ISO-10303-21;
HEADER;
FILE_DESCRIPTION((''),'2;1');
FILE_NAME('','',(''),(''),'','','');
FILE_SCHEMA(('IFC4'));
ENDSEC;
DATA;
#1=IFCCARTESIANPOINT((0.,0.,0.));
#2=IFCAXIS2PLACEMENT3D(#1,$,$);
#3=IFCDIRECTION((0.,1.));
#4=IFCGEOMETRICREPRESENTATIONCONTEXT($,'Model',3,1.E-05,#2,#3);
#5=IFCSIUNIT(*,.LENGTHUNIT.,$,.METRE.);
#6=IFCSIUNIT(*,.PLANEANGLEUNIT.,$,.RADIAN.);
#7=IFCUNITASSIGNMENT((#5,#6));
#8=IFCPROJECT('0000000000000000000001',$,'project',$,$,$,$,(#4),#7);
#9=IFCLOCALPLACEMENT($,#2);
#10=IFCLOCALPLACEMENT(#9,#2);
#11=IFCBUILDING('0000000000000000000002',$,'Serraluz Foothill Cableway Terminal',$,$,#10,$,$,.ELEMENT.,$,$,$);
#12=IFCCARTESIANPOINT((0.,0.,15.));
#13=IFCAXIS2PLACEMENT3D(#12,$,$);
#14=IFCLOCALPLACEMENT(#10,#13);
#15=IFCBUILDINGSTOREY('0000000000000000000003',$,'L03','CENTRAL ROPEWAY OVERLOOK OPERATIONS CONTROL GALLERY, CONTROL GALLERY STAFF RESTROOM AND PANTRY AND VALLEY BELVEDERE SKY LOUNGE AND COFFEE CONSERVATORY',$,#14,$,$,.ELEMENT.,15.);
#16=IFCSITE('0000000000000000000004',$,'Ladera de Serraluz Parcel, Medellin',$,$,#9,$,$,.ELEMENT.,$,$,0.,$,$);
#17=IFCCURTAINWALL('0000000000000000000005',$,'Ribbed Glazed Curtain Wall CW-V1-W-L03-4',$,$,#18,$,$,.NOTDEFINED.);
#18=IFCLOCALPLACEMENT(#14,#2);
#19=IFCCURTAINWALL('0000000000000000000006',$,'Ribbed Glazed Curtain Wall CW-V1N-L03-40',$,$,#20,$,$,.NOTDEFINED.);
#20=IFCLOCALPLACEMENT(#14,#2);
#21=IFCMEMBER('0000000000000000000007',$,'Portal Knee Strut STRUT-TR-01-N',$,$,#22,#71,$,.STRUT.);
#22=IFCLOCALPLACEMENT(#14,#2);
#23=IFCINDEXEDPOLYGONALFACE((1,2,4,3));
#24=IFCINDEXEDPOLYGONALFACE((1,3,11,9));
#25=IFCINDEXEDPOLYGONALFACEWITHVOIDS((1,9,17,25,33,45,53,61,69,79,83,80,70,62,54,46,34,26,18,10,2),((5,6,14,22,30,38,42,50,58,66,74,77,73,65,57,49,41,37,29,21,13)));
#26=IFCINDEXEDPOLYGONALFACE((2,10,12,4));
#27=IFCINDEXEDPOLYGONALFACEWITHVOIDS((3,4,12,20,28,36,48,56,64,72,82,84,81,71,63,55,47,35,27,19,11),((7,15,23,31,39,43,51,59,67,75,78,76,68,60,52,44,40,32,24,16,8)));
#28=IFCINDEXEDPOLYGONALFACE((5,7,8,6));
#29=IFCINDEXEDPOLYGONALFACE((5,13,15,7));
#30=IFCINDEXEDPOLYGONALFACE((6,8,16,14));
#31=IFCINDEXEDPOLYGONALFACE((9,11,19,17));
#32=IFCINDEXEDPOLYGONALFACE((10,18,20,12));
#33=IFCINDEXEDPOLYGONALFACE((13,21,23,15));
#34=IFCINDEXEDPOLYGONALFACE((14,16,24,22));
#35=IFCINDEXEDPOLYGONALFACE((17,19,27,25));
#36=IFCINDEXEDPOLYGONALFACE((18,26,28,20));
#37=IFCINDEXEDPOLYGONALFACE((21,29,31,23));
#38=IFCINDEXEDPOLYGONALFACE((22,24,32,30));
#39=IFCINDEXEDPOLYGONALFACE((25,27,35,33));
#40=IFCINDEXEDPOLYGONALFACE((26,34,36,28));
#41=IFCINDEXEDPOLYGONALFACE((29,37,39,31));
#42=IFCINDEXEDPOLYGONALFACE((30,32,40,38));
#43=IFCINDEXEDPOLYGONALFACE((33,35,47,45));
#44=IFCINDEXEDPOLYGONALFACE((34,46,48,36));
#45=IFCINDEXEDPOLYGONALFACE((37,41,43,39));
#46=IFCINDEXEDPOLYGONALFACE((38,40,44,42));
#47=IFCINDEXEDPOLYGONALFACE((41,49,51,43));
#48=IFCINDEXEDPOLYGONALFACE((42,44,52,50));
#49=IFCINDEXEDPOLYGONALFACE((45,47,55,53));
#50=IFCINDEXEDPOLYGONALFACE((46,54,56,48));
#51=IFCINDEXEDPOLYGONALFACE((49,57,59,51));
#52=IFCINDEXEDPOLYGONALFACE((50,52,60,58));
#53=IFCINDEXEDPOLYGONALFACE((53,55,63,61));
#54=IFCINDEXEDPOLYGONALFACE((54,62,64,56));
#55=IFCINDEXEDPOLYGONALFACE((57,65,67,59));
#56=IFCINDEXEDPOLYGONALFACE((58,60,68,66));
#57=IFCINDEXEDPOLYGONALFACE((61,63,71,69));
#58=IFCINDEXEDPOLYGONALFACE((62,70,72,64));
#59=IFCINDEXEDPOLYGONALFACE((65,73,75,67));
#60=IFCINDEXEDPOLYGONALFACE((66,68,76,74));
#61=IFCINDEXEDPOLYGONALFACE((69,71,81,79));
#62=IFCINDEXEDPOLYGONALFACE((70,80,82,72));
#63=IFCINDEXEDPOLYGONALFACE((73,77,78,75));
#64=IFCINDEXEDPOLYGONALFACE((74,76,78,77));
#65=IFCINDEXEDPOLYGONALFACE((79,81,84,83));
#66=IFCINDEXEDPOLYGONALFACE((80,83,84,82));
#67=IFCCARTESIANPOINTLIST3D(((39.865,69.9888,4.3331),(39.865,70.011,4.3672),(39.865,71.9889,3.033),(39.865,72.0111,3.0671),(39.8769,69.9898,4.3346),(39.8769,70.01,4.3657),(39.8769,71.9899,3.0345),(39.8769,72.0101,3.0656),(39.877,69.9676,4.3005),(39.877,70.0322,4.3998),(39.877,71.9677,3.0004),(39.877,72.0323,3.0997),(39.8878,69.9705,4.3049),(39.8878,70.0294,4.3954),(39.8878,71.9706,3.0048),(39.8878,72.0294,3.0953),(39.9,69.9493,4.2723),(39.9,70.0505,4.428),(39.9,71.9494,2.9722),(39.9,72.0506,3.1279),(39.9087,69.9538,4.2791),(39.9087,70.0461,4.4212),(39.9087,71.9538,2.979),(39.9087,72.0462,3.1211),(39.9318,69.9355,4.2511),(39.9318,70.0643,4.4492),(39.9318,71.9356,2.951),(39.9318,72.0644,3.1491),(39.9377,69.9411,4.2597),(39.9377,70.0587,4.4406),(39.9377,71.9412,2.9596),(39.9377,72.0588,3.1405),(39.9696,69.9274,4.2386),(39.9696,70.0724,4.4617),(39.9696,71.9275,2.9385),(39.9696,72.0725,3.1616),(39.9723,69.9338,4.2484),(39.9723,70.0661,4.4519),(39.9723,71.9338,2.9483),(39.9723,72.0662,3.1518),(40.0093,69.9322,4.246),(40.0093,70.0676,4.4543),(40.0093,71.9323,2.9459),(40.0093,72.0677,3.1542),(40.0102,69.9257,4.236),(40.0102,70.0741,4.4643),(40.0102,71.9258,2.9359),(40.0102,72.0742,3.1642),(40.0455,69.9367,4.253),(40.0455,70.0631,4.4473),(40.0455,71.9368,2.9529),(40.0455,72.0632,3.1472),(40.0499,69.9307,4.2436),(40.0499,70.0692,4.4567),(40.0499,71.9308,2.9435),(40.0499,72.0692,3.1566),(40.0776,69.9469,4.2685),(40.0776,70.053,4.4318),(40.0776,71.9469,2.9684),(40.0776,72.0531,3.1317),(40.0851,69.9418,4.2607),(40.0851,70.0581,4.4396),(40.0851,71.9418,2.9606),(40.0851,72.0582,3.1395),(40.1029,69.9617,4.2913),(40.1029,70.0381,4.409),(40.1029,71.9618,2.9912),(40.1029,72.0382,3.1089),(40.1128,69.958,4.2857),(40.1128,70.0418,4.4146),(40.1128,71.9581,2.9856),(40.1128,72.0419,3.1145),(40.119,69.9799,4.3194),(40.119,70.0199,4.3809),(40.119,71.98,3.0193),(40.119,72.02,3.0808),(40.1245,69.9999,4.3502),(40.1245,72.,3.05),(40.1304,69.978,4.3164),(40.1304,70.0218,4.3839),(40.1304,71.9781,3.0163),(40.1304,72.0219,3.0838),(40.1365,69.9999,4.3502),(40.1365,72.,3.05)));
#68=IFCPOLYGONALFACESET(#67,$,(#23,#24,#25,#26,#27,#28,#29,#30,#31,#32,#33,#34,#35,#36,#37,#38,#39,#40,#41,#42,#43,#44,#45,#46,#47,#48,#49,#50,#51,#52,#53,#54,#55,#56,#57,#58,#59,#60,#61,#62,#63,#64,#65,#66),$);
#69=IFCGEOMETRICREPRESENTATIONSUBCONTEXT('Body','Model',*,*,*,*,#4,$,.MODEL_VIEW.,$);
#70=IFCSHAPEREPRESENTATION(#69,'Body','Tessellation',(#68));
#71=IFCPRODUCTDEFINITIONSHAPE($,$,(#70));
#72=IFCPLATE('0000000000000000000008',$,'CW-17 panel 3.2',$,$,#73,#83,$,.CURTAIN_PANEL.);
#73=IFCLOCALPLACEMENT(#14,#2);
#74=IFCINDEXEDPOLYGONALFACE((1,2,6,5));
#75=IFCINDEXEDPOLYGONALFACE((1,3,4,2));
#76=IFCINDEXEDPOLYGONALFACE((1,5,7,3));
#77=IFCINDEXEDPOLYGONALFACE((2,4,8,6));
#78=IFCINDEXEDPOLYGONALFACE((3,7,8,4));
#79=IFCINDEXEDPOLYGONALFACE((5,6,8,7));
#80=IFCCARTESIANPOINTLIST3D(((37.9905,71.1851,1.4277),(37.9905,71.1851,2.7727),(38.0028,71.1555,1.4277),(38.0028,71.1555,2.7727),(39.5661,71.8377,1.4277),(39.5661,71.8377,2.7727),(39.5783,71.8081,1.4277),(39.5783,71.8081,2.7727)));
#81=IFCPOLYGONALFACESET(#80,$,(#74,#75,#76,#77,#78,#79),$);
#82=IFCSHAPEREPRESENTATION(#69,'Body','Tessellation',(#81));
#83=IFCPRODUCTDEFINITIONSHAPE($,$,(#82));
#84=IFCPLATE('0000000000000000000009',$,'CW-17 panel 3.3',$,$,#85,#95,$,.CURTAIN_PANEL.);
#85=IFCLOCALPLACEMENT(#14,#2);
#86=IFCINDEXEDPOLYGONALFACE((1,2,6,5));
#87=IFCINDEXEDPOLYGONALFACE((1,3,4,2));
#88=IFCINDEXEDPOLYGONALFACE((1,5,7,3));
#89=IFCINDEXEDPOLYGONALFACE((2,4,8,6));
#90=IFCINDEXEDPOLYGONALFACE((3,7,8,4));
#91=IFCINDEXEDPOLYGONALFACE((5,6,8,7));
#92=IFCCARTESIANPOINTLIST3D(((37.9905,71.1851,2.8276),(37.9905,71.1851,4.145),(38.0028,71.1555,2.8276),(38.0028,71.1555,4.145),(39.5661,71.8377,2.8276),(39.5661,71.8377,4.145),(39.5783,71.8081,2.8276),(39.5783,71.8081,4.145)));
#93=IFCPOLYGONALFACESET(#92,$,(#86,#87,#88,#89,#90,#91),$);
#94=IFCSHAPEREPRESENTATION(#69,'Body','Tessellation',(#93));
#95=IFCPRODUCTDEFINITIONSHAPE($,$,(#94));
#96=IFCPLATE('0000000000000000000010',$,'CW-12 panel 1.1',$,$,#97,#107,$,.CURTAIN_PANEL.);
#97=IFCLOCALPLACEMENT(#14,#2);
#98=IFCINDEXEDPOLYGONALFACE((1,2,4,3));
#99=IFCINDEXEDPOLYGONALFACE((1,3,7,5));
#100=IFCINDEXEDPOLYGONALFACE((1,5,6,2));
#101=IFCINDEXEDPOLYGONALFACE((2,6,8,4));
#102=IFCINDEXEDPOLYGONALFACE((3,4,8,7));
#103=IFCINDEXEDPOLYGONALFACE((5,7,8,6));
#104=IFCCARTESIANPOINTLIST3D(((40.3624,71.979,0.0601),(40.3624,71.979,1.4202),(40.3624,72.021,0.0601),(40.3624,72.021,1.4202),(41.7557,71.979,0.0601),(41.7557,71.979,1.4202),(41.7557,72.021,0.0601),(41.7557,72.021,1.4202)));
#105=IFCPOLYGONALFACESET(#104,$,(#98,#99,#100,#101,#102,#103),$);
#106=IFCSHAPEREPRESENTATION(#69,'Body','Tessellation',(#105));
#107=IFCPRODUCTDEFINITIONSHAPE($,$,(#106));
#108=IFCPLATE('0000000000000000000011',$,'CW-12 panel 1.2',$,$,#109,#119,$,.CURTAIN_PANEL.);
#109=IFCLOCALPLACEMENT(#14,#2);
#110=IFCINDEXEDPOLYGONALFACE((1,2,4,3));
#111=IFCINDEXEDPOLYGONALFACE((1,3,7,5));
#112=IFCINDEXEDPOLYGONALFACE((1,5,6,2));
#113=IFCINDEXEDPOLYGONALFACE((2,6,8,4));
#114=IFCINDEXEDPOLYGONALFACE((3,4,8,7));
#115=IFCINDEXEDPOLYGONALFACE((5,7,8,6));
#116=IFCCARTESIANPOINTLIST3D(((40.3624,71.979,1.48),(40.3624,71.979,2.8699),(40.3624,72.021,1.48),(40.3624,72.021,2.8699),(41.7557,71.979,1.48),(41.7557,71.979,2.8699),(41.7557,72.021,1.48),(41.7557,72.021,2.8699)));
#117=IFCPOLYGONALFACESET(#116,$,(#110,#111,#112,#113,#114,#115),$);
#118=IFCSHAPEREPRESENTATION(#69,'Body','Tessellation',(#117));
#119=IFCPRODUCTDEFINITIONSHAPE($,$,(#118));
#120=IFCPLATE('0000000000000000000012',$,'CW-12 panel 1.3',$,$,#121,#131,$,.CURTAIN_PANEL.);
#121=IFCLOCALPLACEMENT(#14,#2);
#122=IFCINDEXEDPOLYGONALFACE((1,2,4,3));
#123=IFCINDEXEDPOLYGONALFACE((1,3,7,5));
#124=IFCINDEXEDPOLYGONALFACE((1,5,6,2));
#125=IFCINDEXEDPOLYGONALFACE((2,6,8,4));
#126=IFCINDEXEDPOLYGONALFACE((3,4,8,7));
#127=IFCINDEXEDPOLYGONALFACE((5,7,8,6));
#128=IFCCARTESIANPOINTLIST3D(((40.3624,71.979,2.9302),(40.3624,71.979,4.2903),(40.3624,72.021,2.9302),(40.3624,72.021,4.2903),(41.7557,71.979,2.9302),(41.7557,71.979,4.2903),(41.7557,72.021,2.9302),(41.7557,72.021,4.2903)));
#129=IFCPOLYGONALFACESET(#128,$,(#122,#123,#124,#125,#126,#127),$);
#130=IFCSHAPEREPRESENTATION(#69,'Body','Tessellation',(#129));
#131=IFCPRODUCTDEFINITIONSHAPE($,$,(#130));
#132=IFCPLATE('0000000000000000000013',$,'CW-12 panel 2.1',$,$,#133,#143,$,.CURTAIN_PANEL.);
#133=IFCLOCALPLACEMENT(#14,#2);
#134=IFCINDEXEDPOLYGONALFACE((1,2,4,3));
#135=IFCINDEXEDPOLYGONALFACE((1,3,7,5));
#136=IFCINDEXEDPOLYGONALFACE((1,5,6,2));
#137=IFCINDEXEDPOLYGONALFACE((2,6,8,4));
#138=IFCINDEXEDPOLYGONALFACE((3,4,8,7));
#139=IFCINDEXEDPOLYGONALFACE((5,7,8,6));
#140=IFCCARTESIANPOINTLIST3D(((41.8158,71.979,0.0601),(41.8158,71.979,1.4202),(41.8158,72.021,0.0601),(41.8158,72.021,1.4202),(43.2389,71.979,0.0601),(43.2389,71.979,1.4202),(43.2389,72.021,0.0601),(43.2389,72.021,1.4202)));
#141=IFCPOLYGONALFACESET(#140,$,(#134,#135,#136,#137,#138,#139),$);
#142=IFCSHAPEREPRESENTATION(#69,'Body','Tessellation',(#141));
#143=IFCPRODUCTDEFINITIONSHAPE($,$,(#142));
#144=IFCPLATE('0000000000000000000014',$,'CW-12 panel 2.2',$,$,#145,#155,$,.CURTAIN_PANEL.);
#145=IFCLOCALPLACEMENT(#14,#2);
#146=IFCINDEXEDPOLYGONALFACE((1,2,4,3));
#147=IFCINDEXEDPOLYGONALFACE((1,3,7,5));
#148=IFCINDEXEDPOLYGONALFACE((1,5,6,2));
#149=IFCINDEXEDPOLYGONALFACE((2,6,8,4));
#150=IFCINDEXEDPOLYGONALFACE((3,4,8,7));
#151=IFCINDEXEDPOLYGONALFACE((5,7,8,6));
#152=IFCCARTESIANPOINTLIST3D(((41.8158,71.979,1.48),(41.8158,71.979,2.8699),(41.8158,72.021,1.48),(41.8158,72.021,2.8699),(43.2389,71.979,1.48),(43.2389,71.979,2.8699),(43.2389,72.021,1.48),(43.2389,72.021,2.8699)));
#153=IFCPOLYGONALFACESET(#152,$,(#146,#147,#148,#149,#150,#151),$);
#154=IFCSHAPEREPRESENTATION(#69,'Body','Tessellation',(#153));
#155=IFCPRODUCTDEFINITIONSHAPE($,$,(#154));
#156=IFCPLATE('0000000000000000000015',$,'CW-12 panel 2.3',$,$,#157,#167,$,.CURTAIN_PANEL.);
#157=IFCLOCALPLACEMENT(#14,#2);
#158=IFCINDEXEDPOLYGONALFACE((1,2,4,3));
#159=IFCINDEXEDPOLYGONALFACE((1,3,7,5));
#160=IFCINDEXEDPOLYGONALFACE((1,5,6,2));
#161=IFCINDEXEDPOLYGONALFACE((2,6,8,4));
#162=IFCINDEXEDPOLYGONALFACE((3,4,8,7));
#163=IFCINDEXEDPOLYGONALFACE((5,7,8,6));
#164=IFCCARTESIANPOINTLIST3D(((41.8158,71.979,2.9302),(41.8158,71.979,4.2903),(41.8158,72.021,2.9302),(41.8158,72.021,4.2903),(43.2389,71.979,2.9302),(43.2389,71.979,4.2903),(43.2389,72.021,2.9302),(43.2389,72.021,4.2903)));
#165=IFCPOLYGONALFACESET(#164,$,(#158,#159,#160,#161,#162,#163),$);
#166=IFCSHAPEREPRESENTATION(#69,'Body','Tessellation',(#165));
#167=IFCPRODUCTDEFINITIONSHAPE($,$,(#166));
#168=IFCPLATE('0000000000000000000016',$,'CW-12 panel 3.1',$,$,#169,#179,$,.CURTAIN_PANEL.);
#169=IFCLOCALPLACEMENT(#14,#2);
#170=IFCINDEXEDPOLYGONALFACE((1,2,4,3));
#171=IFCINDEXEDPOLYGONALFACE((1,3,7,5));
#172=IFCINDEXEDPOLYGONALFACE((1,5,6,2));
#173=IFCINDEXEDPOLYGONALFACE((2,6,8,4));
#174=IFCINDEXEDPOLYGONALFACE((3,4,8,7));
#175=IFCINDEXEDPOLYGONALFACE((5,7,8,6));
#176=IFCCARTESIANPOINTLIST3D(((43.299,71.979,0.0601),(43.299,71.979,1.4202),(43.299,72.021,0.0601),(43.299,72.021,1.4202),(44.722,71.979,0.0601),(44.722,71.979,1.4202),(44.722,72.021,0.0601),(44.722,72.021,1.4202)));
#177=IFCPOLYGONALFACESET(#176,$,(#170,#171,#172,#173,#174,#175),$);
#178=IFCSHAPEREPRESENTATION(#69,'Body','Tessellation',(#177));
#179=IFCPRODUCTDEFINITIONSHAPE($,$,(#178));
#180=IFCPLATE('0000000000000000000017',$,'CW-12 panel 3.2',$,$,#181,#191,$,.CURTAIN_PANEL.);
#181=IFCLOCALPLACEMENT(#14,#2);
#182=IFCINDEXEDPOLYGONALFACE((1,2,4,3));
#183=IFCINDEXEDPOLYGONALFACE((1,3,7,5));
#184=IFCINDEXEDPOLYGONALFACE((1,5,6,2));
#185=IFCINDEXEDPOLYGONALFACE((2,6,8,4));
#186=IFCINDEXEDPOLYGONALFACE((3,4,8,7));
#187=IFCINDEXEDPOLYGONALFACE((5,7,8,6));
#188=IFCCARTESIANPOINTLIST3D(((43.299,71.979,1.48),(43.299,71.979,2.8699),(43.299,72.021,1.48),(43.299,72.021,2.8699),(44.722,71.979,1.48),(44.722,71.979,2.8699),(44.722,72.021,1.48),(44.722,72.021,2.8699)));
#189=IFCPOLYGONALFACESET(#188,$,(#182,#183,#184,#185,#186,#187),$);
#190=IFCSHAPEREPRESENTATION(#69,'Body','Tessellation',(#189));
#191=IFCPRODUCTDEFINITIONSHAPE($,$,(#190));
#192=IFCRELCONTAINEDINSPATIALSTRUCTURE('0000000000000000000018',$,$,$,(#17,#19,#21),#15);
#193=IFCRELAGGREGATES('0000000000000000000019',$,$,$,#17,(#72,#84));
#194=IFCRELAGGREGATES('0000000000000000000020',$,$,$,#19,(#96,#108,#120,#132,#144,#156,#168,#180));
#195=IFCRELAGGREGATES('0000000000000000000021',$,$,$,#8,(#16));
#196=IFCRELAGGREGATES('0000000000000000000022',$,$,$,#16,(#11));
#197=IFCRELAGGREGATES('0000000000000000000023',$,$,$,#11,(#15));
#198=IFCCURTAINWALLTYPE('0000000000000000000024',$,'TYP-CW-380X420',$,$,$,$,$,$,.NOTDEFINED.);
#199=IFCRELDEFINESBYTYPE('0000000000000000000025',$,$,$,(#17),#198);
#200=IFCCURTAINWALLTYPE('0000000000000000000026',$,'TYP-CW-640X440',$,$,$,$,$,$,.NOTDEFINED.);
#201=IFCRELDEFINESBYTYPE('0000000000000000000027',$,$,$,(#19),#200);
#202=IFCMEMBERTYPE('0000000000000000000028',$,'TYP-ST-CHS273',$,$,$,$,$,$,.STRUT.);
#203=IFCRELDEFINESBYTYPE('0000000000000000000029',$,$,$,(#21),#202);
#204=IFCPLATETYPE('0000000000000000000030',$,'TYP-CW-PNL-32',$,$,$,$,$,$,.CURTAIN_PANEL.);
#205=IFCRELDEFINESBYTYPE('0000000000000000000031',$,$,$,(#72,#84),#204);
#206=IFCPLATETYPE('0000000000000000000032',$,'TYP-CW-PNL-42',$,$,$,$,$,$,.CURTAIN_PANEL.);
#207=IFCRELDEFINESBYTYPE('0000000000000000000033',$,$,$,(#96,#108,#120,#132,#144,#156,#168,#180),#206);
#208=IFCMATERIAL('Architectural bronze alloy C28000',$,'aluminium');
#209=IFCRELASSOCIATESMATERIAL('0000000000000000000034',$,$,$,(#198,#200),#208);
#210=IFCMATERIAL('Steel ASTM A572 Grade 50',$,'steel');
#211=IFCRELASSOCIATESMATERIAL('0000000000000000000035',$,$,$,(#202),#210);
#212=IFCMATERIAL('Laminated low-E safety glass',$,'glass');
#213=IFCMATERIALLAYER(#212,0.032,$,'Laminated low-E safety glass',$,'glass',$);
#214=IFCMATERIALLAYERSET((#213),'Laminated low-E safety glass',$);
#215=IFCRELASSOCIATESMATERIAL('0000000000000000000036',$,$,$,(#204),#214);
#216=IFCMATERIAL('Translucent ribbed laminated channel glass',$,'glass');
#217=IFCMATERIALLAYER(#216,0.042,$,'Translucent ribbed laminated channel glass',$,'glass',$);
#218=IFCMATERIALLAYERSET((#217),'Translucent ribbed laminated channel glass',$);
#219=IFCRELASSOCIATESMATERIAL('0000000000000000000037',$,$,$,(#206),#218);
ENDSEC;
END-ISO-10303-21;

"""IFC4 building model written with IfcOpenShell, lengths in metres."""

from ifc_helpers import new_model, si_unit, direction, frame, origin, origin_2d, place, context, subcontext, project, spatial, rectangle, hollow_circle, extrude, material, layer, layer_set, material_profile, profile_set, type_object, element, aggregate, save


model = new_model("IFC4")

# Units and contexts
model_context = context("Model", 3, precision=1e-05, world=origin(), true_north=direction((0.0, 1.0)))
body_context = subcontext(model_context, "Body", "Model", "MODEL_VIEW")
ifc_project = project(units=[si_unit("LENGTHUNIT", "METRE"), si_unit("PLANEANGLEUNIT", "RADIAN")], contexts=[model_context])

# Site, building, storey
site_placement = place(None, origin())
site = spatial("IfcSite", under=ifc_project, at=site_placement, Name="Ladera de Serraluz Parcel, Medellin", CompositionType="ELEMENT", RefElevation=0.0)
building_placement = place(site_placement, origin())
building = spatial("IfcBuilding", under=site, at=building_placement, Name="Serraluz Foothill Cableway Terminal", CompositionType="ELEMENT")
storey_placement = place(building_placement, frame((0.0, 0.0, 15.0)))
storey = spatial("IfcBuildingStorey", under=building, at=storey_placement, Name="L03", Description="CENTRAL ROPEWAY OVERLOOK OPERATIONS CONTROL GALLERY, CONTROL GALLERY STAFF RESTROOM AND PANTRY AND VALLEY BELVEDERE SKY LOUNGE AND COFFEE CONSERVATORY", CompositionType="ELEMENT", Elevation=15.0)

# Curtain wall
ifc_material_1 = material(Name="Architectural bronze alloy C28000", Category="aluminium")
curtain_wall_type_1 = type_object("IfcCurtainWallType", Name="TYP-CW-380X420", PredefinedType="NOTDEFINED", material=ifc_material_1)
curtain_wall_1_placement = place(storey_placement, origin())
curtain_wall_1 = element("IfcCurtainWall", 1, at=curtain_wall_1_placement, inside=storey, type_object=curtain_wall_type_1, Name="Ribbed Glazed Curtain Wall CW-V1-W-L03-4", PredefinedType="NOTDEFINED")

# Curtain wall
curtain_wall_type_2 = type_object("IfcCurtainWallType", Name="TYP-CW-640X440", PredefinedType="NOTDEFINED", material=ifc_material_1)
curtain_wall_2_placement = place(storey_placement, origin())
curtain_wall_2 = element("IfcCurtainWall", 2, at=curtain_wall_2_placement, inside=storey, type_object=curtain_wall_type_2, Name="Ribbed Glazed Curtain Wall CW-V1N-L03-40", PredefinedType="NOTDEFINED")

# Member
ifc_material_2 = material(Name="Steel ASTM A572 Grade 50", Category="steel")
ifc_material_profile_1 = material_profile(ifc_material_2, hollow_circle(Radius=0.1365, WallThickness=0.012, at=origin_2d()), Name="CHS273X12")
ifc_profile_set_1 = profile_set([ifc_material_profile_1], Name="Steel ASTM A572 Grade 50")
member_type_1 = type_object("IfcMemberType", Name="TYP-ST-CHS273", PredefinedType="STRUT", material=ifc_profile_set_1)
member_1_placement = place(storey_placement, frame((40.0, 72.0, 3.05), z_axis=(0.0, -0.838434, 0.545003), x_axis=(1.0, 0.0, 0.0)))
element("IfcMember", 3, at=member_1_placement, inside=storey, type_object=member_type_1, Name="Portal Knee Strut STRUT-TR-01-N", PredefinedType="STRUT", context=body_context, shape_type="SweptSolid", body=[
    extrude(hollow_circle(Radius=0.1365, WallThickness=0.012, at=origin_2d()), origin(), (0.0, 0.0, 1.0), 2.3855),
])

# Plates
ifc_material_3 = material(Name="Laminated low-E safety glass", Category="glass")
ifc_layer_1 = layer(ifc_material_3, 0.032, Name="Laminated low-E safety glass", Category="glass")
ifc_layer_set_1 = layer_set([ifc_layer_1], Name="Laminated low-E safety glass")
plate_type_1 = type_object("IfcPlateType", Name="TYP-CW-PNL-32", PredefinedType="CURTAIN_PANEL", material=ifc_layer_set_1)
plate_1_placement = place(storey_placement, frame((38.7844, 71.4966, 1.4277), z_axis=(0.0, 0.0, 1.0), x_axis=(0.92388, 0.382682, 0.0)))
plate_1 = element("IfcPlate", 4, at=plate_1_placement, type_object=plate_type_1, Name="CW-17 panel 3.2", PredefinedType="CURTAIN_PANEL", context=body_context, shape_type="SweptSolid", body=[
    extrude(rectangle(XDim=1.7053, YDim=0.032, at=origin_2d()), origin(), (0.0, 0.0, 1.0), 1.345),
])
plate_2_placement = place(storey_placement, frame((38.7844, 71.4966, 2.8276), z_axis=(0.0, 0.0, 1.0), x_axis=(0.92388, 0.382682, 0.0)))
plate_2 = element("IfcPlate", 5, at=plate_2_placement, type_object=plate_type_1, Name="CW-17 panel 3.3", PredefinedType="CURTAIN_PANEL", context=body_context, shape_type="SweptSolid", body=[
    extrude(rectangle(XDim=1.7053, YDim=0.032, at=origin_2d()), origin(), (0.0, 0.0, 1.0), 1.3174),
])
aggregate(curtain_wall_1, [plate_1, plate_2])
ifc_material_4 = material(Name="Translucent ribbed laminated channel glass", Category="glass")
ifc_layer_2 = layer(ifc_material_4, 0.042, Name="Translucent ribbed laminated channel glass", Category="glass")
ifc_layer_set_2 = layer_set([ifc_layer_2], Name="Translucent ribbed laminated channel glass")
plate_type_2 = type_object("IfcPlateType", Name="TYP-CW-PNL-42", PredefinedType="CURTAIN_PANEL", material=ifc_layer_set_2)
plate_3_placement = place(storey_placement, frame((41.0591, 72.0, 0.0601), z_axis=(0.0, 0.0, 1.0), x_axis=(1.0, 0.0, 0.0)))
plate_3 = element("IfcPlate", 6, at=plate_3_placement, type_object=plate_type_2, Name="CW-12 panel 1.1", PredefinedType="CURTAIN_PANEL", context=body_context, shape_type="SweptSolid", body=[
    extrude(rectangle(XDim=1.3933, YDim=0.042, at=origin_2d()), origin(), (0.0, 0.0, 1.0), 1.3601),
])
plate_4_placement = place(storey_placement, frame((41.0591, 72.0, 1.48), z_axis=(0.0, 0.0, 1.0), x_axis=(1.0, 0.0, 0.0)))
plate_4 = element("IfcPlate", 7, at=plate_4_placement, type_object=plate_type_2, Name="CW-12 panel 1.2", PredefinedType="CURTAIN_PANEL", context=body_context, shape_type="SweptSolid", body=[
    extrude(rectangle(XDim=1.3933, YDim=0.042, at=origin_2d()), origin(), (0.0, 0.0, 1.0), 1.3899),
])
plate_5_placement = place(storey_placement, frame((41.0591, 72.0, 2.9302), z_axis=(0.0, 0.0, 1.0), x_axis=(1.0, 0.0, 0.0)))
plate_5 = element("IfcPlate", 8, at=plate_5_placement, type_object=plate_type_2, Name="CW-12 panel 1.3", PredefinedType="CURTAIN_PANEL", context=body_context, shape_type="SweptSolid", body=[
    extrude(rectangle(XDim=1.3933, YDim=0.042, at=origin_2d()), origin(), (0.0, 0.0, 1.0), 1.3601),
])
plate_6_placement = place(storey_placement, frame((42.5273, 72.0, 0.0601), z_axis=(0.0, 0.0, 1.0), x_axis=(1.0, 0.0, 0.0)))
plate_6 = element("IfcPlate", 9, at=plate_6_placement, type_object=plate_type_2, Name="CW-12 panel 2.1", PredefinedType="CURTAIN_PANEL", context=body_context, shape_type="SweptSolid", body=[
    extrude(rectangle(XDim=1.4231, YDim=0.042, at=origin_2d()), origin(), (0.0, 0.0, 1.0), 1.3601),
])
plate_7_placement = place(storey_placement, frame((42.5273, 72.0, 1.48), z_axis=(0.0, 0.0, 1.0), x_axis=(1.0, 0.0, 0.0)))
plate_7 = element("IfcPlate", 10, at=plate_7_placement, type_object=plate_type_2, Name="CW-12 panel 2.2", PredefinedType="CURTAIN_PANEL", context=body_context, shape_type="SweptSolid", body=[
    extrude(rectangle(XDim=1.4231, YDim=0.042, at=origin_2d()), origin(), (0.0, 0.0, 1.0), 1.3899),
])
plate_8_placement = place(storey_placement, frame((42.5273, 72.0, 2.9302), z_axis=(0.0, 0.0, 1.0), x_axis=(1.0, 0.0, 0.0)))
plate_8 = element("IfcPlate", 11, at=plate_8_placement, type_object=plate_type_2, Name="CW-12 panel 2.3", PredefinedType="CURTAIN_PANEL", context=body_context, shape_type="SweptSolid", body=[
    extrude(rectangle(XDim=1.4231, YDim=0.042, at=origin_2d()), origin(), (0.0, 0.0, 1.0), 1.3601),
])
plate_9_placement = place(storey_placement, frame((44.0105, 72.0, 0.0601), z_axis=(0.0, 0.0, 1.0), x_axis=(1.0, 0.0, 0.0)))
plate_9 = element("IfcPlate", 12, at=plate_9_placement, type_object=plate_type_2, Name="CW-12 panel 3.1", PredefinedType="CURTAIN_PANEL", context=body_context, shape_type="SweptSolid", body=[
    extrude(rectangle(XDim=1.4231, YDim=0.042, at=origin_2d()), origin(), (0.0, 0.0, 1.0), 1.3601),
])
plate_10_placement = place(storey_placement, frame((44.0105, 72.0, 1.48), z_axis=(0.0, 0.0, 1.0), x_axis=(1.0, 0.0, 0.0)))
plate_10 = element("IfcPlate", 13, at=plate_10_placement, type_object=plate_type_2, Name="CW-12 panel 3.2", PredefinedType="CURTAIN_PANEL", context=body_context, shape_type="SweptSolid", body=[
    extrude(rectangle(XDim=1.4231, YDim=0.042, at=origin_2d()), origin(), (0.0, 0.0, 1.0), 1.3899),
])
aggregate(curtain_wall_2, [plate_3, plate_4, plate_5, plate_6, plate_7, plate_8, plate_9, plate_10])

save(model, "model.ifc")
